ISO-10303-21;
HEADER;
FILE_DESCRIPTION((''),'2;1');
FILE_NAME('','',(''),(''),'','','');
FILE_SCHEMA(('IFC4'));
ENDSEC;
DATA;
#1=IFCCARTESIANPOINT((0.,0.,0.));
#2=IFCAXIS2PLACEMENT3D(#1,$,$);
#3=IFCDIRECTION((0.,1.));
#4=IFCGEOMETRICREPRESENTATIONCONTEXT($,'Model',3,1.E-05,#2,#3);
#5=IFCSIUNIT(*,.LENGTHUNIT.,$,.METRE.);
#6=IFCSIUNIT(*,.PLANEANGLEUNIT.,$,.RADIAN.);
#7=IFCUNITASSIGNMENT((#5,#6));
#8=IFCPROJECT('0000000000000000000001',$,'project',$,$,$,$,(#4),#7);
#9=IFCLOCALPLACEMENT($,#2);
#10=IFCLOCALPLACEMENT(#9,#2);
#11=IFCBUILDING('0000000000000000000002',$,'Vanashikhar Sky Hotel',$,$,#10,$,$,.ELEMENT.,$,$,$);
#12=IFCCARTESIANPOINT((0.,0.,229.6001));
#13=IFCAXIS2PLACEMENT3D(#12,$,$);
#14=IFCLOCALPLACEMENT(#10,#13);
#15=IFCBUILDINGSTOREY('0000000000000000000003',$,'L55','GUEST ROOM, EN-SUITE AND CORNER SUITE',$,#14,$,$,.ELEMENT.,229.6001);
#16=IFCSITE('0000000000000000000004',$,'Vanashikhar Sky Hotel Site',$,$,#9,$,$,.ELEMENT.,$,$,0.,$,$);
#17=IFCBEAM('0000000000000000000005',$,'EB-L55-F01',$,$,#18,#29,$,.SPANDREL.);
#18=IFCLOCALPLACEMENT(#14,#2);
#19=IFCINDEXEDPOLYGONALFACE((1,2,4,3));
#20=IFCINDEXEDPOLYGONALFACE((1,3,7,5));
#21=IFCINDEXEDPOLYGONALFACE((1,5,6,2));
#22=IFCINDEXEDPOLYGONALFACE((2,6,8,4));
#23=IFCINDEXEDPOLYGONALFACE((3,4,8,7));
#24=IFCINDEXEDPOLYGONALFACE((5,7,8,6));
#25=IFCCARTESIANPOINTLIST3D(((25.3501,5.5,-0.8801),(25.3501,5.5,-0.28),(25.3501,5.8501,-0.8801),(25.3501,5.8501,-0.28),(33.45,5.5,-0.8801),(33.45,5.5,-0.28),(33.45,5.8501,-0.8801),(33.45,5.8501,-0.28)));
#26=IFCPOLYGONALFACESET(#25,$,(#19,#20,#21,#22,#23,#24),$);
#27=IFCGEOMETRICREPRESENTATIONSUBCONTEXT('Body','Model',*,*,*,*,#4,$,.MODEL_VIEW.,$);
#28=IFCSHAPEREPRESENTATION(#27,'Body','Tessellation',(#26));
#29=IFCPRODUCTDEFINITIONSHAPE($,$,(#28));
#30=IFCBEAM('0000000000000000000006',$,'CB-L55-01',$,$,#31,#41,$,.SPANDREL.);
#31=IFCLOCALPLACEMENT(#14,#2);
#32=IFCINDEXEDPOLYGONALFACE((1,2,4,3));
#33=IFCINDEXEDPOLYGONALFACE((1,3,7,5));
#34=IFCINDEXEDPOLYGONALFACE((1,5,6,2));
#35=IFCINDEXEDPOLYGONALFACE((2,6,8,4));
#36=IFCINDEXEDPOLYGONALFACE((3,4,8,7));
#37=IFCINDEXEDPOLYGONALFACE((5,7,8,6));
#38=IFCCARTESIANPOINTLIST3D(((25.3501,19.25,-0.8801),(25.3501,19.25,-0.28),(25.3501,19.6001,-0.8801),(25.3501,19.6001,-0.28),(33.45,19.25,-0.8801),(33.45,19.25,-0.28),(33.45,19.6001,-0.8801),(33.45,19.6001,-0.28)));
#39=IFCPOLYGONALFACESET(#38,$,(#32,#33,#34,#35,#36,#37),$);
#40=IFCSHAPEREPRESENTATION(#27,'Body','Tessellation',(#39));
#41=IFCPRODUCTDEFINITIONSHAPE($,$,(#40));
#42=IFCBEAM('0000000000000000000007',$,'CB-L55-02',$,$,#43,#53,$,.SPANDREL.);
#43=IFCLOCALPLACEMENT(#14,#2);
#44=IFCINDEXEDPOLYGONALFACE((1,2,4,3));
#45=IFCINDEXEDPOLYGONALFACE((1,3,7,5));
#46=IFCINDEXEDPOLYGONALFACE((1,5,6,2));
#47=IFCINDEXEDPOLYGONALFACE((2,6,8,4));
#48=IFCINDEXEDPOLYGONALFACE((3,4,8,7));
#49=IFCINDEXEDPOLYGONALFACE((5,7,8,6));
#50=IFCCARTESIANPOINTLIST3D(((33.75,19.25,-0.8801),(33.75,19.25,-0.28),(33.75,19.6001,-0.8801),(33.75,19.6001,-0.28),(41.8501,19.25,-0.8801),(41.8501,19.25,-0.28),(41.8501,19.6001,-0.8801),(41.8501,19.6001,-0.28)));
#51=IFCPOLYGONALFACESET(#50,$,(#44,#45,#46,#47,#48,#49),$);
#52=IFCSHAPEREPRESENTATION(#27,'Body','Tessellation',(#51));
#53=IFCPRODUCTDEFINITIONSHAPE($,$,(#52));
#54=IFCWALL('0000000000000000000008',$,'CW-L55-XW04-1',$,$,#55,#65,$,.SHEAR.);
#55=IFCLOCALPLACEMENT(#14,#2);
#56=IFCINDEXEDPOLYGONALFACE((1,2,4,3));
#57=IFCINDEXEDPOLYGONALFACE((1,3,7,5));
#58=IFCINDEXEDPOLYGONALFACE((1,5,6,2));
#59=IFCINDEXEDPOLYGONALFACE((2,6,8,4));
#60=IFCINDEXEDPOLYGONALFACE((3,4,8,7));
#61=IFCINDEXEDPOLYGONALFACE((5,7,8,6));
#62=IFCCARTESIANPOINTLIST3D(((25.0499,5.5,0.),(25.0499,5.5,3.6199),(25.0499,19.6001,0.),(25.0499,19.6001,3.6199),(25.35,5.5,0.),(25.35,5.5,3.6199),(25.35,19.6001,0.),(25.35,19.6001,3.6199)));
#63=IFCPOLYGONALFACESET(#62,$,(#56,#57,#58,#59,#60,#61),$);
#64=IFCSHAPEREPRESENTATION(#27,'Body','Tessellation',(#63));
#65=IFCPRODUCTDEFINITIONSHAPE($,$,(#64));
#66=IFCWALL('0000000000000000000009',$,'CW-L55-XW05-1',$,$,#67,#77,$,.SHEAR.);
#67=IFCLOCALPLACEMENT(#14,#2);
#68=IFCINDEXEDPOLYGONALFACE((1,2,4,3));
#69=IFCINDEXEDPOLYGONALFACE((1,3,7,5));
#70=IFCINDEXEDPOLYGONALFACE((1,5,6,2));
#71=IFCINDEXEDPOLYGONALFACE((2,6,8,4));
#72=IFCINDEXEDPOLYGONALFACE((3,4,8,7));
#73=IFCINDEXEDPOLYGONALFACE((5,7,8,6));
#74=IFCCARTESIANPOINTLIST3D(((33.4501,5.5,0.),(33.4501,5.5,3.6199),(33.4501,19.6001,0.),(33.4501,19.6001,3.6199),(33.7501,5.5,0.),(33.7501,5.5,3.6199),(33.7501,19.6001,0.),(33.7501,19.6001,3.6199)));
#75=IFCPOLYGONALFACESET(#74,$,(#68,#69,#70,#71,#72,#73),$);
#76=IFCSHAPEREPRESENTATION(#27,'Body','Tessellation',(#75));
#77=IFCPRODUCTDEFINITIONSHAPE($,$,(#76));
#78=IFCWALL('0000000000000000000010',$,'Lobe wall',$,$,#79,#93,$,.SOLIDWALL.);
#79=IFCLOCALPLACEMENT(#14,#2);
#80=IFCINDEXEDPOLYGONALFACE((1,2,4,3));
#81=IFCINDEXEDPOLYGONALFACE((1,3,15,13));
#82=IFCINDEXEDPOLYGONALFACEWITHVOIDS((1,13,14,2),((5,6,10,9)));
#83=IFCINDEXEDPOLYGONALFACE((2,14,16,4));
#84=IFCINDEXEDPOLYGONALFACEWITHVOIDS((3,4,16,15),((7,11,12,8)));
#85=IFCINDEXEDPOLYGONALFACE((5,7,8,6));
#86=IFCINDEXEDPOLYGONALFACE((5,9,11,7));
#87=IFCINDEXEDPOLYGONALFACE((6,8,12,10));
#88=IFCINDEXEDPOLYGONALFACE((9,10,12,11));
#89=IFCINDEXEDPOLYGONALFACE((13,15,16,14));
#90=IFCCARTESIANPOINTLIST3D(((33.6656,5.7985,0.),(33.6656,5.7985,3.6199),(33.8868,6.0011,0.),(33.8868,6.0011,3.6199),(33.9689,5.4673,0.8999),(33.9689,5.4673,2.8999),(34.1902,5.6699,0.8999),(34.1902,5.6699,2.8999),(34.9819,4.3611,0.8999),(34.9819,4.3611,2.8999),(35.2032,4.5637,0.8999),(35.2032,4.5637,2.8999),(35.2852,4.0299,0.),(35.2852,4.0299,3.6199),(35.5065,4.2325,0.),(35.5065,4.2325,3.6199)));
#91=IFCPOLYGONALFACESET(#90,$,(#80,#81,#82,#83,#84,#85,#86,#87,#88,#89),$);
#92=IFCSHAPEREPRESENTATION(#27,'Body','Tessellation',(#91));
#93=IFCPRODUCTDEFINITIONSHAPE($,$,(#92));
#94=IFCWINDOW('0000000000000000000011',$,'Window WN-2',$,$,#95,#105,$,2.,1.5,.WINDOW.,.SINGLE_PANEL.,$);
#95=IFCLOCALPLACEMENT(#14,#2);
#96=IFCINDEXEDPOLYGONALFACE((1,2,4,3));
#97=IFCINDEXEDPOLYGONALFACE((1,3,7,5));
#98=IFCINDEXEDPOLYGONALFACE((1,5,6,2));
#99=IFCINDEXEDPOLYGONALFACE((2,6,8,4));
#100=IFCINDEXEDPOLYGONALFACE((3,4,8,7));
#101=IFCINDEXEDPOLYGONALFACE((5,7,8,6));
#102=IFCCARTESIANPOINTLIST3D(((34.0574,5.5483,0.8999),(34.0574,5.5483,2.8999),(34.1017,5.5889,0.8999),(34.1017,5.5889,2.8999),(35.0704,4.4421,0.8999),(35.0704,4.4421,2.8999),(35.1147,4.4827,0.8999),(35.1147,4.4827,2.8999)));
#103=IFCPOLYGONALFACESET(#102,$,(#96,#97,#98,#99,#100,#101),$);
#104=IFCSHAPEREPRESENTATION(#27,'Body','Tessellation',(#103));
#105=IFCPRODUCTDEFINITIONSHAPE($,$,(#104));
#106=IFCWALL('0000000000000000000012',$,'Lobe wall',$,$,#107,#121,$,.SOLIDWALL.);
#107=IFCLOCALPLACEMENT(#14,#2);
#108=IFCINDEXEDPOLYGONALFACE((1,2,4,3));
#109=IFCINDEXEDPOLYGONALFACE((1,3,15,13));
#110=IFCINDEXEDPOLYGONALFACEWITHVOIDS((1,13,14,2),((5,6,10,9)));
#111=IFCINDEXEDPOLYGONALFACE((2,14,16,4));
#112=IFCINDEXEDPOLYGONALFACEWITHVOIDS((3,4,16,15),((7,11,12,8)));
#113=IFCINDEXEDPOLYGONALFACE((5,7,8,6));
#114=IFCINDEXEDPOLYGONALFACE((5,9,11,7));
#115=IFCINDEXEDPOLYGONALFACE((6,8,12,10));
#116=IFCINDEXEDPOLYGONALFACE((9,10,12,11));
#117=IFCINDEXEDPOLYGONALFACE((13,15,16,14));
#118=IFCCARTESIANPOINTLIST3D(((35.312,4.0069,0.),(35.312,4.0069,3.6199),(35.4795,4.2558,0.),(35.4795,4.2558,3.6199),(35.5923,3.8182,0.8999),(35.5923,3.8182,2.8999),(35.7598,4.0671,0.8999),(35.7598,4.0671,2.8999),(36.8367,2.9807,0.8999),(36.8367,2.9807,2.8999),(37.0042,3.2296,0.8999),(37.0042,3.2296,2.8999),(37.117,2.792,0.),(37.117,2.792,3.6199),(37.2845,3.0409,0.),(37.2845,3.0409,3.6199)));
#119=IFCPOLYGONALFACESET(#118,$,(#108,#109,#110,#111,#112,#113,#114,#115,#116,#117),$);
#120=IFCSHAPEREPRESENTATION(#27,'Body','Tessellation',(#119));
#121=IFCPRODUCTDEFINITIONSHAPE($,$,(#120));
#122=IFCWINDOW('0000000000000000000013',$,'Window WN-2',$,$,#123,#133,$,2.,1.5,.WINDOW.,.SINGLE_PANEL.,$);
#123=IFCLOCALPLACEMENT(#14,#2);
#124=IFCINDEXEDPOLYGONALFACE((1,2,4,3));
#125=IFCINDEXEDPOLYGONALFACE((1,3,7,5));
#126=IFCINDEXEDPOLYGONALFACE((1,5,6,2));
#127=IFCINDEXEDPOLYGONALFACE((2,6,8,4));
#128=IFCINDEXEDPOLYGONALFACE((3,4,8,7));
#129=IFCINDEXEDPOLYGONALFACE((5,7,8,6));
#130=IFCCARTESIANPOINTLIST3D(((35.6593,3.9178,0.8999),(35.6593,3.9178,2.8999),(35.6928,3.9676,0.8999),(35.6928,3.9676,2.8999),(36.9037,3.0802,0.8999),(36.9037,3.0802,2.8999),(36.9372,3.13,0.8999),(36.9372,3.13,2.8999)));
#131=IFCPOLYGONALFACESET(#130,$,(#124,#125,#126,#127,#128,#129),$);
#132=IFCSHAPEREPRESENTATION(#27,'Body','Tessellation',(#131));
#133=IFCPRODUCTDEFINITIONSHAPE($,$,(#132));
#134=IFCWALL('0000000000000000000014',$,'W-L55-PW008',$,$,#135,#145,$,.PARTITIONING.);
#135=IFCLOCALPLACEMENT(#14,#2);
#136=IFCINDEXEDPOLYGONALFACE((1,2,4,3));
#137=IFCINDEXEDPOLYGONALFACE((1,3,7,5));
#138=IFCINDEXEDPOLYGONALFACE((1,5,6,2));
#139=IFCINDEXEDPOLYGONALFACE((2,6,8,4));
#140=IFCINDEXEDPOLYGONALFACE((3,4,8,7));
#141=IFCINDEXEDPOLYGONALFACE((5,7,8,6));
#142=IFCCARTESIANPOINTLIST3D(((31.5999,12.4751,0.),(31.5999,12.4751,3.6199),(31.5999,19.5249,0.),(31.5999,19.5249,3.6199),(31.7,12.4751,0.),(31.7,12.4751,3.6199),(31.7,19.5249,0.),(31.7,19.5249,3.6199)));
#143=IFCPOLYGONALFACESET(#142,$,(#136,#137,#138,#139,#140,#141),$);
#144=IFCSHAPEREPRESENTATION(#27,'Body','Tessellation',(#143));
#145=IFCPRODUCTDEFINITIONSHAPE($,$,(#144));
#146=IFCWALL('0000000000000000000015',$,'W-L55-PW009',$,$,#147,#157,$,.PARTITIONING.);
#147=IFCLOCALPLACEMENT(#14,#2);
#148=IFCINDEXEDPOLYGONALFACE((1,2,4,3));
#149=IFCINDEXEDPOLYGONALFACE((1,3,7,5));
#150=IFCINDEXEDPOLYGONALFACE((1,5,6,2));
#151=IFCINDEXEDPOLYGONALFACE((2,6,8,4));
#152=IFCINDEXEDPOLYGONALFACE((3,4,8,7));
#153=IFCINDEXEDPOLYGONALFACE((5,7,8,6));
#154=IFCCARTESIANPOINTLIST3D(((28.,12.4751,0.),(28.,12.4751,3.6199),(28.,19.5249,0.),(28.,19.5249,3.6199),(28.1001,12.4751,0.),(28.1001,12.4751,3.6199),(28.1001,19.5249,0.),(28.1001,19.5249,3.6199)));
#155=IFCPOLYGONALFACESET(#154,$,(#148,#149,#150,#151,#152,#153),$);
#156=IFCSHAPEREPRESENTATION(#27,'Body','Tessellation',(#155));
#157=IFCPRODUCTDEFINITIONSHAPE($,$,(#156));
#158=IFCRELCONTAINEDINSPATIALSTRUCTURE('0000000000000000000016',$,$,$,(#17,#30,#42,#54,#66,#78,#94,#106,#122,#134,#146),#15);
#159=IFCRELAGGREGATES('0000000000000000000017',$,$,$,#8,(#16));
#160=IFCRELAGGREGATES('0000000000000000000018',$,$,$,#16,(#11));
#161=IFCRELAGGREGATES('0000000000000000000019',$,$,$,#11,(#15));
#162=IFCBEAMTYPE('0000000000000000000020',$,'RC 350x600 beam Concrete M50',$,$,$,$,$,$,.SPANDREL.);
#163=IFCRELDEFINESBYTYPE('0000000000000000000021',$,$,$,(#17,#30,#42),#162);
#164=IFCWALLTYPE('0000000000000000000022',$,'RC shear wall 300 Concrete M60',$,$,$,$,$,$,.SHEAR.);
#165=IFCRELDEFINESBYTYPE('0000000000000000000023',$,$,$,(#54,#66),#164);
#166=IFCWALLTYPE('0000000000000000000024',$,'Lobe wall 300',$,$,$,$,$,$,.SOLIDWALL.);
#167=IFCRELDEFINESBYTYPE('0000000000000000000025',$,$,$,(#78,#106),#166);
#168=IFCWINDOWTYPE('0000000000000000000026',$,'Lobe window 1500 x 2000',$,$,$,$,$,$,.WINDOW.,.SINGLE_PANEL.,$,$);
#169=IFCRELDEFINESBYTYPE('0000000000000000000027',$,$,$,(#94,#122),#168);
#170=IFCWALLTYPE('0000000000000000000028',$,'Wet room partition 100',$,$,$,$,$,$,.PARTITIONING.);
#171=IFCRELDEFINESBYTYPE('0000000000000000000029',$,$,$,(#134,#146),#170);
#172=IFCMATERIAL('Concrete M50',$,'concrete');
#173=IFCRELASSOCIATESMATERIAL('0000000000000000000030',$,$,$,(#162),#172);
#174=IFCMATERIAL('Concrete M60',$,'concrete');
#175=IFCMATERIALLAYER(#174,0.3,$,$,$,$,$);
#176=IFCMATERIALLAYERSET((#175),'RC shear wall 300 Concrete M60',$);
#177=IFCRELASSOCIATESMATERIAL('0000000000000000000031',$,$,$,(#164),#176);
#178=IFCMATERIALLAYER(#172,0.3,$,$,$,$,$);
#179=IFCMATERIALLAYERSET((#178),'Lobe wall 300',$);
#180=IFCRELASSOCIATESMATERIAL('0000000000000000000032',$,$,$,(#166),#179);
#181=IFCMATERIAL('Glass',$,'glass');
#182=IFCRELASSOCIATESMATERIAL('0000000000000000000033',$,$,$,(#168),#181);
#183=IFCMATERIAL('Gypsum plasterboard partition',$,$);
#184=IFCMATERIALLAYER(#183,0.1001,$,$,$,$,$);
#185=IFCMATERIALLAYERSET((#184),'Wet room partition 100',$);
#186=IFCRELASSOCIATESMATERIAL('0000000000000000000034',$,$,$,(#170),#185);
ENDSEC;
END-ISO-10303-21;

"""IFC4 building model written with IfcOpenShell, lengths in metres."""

from ifc_helpers import new_model, si_unit, direction, frame, frame_2d, origin, origin_2d, place, context, subcontext, project, spatial, rectangle, extrude, source, transform, mapped, material, layer, layer_set, material_profile, profile_set, type_object, element, fill, save


model = new_model("IFC4")

# Units and contexts
model_context = context("Model", 3, precision=1e-05, world=origin(), true_north=direction((0.0, 1.0)))
body_context = subcontext(model_context, "Body", "Model", "MODEL_VIEW")
ifc_project = project(units=[si_unit("LENGTHUNIT", "METRE"), si_unit("PLANEANGLEUNIT", "RADIAN")], contexts=[model_context])

# Site, building, storey
site_placement = place(None, origin())
site = spatial("IfcSite", under=ifc_project, at=site_placement, Name="Vanashikhar Sky Hotel Site", CompositionType="ELEMENT", RefElevation=0.0)
building_placement = place(site_placement, origin())
building = spatial("IfcBuilding", under=site, at=building_placement, Name="Vanashikhar Sky Hotel", CompositionType="ELEMENT")
storey_placement = place(building_placement, frame((0.0, 0.0, 229.6001)))
storey = spatial("IfcBuildingStorey", under=building, at=storey_placement, Name="L55", Description="GUEST ROOM, EN-SUITE AND CORNER SUITE", CompositionType="ELEMENT", Elevation=229.6001)

# Beams
ifc_material_1 = material(Name="Concrete M50", Category="concrete")
ifc_material_profile_1 = material_profile(ifc_material_1, rectangle(XDim=0.3501, YDim=0.6001, at=origin_2d()))
ifc_profile_set_1 = profile_set([ifc_material_profile_1], Name="RC 350x600 beam Concrete M50")
beam_type = type_object("IfcBeamType", Name="RC 350x600 beam Concrete M50", PredefinedType="SPANDREL", material=ifc_profile_set_1)
shared_shape_1 = source(origin(), body_context, "Body", "SweptSolid", [
    extrude(rectangle(XDim=0.3501, YDim=0.6001, at=origin_2d()), origin(), (0.0, 0.0, 1.0), 8.0999),
])
for number, where, z_axis, x_axis, name in (
    (1, (25.3501, 5.675, -0.5801), (1.0, 0.0, 0.0), (0.0, 1.0, 0.0), "EB-L55-F01"),
    (2, (25.3501, 19.425, -0.5801), (1.0, 0.0, 0.0), (0.0, 1.0, 0.0), "CB-L55-01"),
):
    element("IfcBeam", number, at=place(storey_placement, frame(where, z_axis=z_axis, x_axis=x_axis)), inside=storey, type_object=beam_type, Name=name, PredefinedType="SPANDREL", context=body_context, shape_type="MappedRepresentation", body=[
        mapped(shared_shape_1, transform((0.0, 0.0, 0.0), scale=1.0)),
    ])
shared_shape_2 = source(origin(), body_context, "Body", "SweptSolid", [
    extrude(rectangle(XDim=0.3501, YDim=0.6001, at=origin_2d()), origin(), (0.0, 0.0, 1.0), 8.1001),
])
beam_placement = place(storey_placement, frame((33.75, 19.425, -0.5801), z_axis=(1.0, 0.0, 0.0), x_axis=(0.0, 1.0, 0.0)))
element("IfcBeam", 3, at=beam_placement, inside=storey, type_object=beam_type, Name="CB-L55-02", PredefinedType="SPANDREL", context=body_context, shape_type="MappedRepresentation", body=[
    mapped(shared_shape_2, transform((0.0, 0.0, 0.0), scale=1.0)),
])

# Walls
ifc_material_2 = material(Name="Concrete M60", Category="concrete")
ifc_layer_1 = layer(ifc_material_2, 0.3)
ifc_layer_set_1 = layer_set([ifc_layer_1], Name="RC shear wall 300 Concrete M60")
wall_type_1 = type_object("IfcWallType", Name="RC shear wall 300 Concrete M60", PredefinedType="SHEAR", material=ifc_layer_set_1)
shared_shape_3 = source(origin(), body_context, "Body", "SweptSolid", [
    extrude(rectangle(XDim=14.1001, YDim=0.3, at=frame_2d((7.05, 0.0))), origin(), (0.0, 0.0, 1.0), 3.6199),
])
for number, where, z_axis, x_axis, name in (
    (4, (25.2, 5.5, 0.0), (0.0, 0.0, 1.0), (0.0, 1.0, 0.0), "CW-L55-XW04-1"),
    (5, (33.6001, 5.5, 0.0), (0.0, 0.0, 1.0), (0.0, 1.0, 0.0), "CW-L55-XW05-1"),
):
    element("IfcWall", number, at=place(storey_placement, frame(where, z_axis=z_axis, x_axis=x_axis)), inside=storey, type_object=wall_type_1, Name=name, PredefinedType="SHEAR", context=body_context, shape_type="MappedRepresentation", body=[
        mapped(shared_shape_3, transform((0.0, 0.0, 0.0), scale=1.0)),
    ])

# Shared definitions
ifc_material_3 = material(Name="Glass", Category="glass")

# Walls, openings, windows
ifc_layer_2 = layer(ifc_material_1, 0.3)
ifc_layer_set_2 = layer_set([ifc_layer_2], Name="Lobe wall 300")
wall_type_2 = type_object("IfcWallType", Name="Lobe wall 300", PredefinedType="SOLIDWALL", material=ifc_layer_set_2)
shared_shape_4 = source(origin(), body_context, "Body", "SweptSolid", [
    extrude(rectangle(XDim=2.3982, YDim=0.3, at=frame_2d((1.1992, 0.0))), origin(), (0.0, 0.0, 1.0), 3.6199),
])
wall_1_placement = place(storey_placement, frame((33.7761, 5.8999, 0.0), z_axis=(0.0, 0.0, 1.0), x_axis=(0.675374, -0.737475, 0.0)))
wall_1 = element("IfcWall", 6, at=wall_1_placement, inside=storey, type_object=wall_type_2, Name="Lobe wall", PredefinedType="SOLIDWALL", context=body_context, shape_type="MappedRepresentation", body=[
    mapped(shared_shape_4, transform((0.0, 0.0, 0.0), scale=1.0)),
])
shared_shape_5 = source(origin(), body_context, "Body", "SweptSolid", [
    extrude(rectangle(XDim=1.5, YDim=2.0, at=frame_2d((0.75, 1.0))), frame((0.0, 0.1602, 0.0), z_axis=(0.0, -1.0, 0.0), x_axis=(1.0, 0.0, 0.0)), (0.0, 0.0, 1.0), 0.3201),
])
opening_1_placement = place(wall_1_placement, frame((0.4492, 0.0, 0.8999)))
opening_1 = element("IfcOpeningElement", 7, at=opening_1_placement, cuts=wall_1, PredefinedType="OPENING", context=body_context, shape_type="MappedRepresentation", body=[
    mapped(shared_shape_5, transform((0.0, 0.0, 0.0), scale=1.0)),
])
window_type_1 = type_object("IfcWindowType", Name="Lobe window 1500 x 2000", PartitioningType="SINGLE_PANEL", PredefinedType="WINDOW", material=ifc_material_3)
shared_shape_6 = source(origin(), body_context, "Body", "SweptSolid", [
    extrude(rectangle(XDim=1.5, YDim=2.0, at=frame_2d((0.75, 1.0))), frame((0.0, 0.03, 0.0), z_axis=(0.0, -1.0, 0.0), x_axis=(1.0, 0.0, 0.0)), (0.0, 0.0, 1.0), 0.0601),
])
window_1_placement = place(opening_1_placement, origin())
window_1 = element("IfcWindow", 8, at=window_1_placement, inside=storey, type_object=window_type_1, Name="Window WN-2", OverallHeight=2.0, OverallWidth=1.5, PartitioningType="SINGLE_PANEL", PredefinedType="WINDOW", context=body_context, shape_type="MappedRepresentation", body=[
    mapped(shared_shape_6, transform((0.0, 0.0, 0.0), scale=1.0)),
])
fill(opening_1, window_1)
shared_shape_7 = source(origin(), body_context, "Body", "SweptSolid", [
    extrude(rectangle(XDim=2.1758, YDim=0.3, at=frame_2d((1.0879, 0.0))), origin(), (0.0, 0.0, 1.0), 3.6199),
])
wall_2_placement = place(storey_placement, frame((35.3958, 4.1313, 0.0), z_axis=(0.0, 0.0, 1.0), x_axis=(0.829591, -0.558372, 0.0)))
wall_2 = element("IfcWall", 9, at=wall_2_placement, inside=storey, type_object=wall_type_2, Name="Lobe wall", PredefinedType="SOLIDWALL", context=body_context, shape_type="MappedRepresentation", body=[
    mapped(shared_shape_7, transform((0.0, 0.0, 0.0), scale=1.0)),
])
opening_2_placement = place(wall_2_placement, frame((0.3379, 0.0, 0.8999)))
opening_2 = element("IfcOpeningElement", 10, at=opening_2_placement, cuts=wall_2, PredefinedType="OPENING", context=body_context, shape_type="MappedRepresentation", body=[
    mapped(shared_shape_5, transform((0.0, 0.0, 0.0), scale=1.0)),
])
window_2_placement = place(opening_2_placement, origin())
window_2 = element("IfcWindow", 11, at=window_2_placement, inside=storey, type_object=window_type_1, Name="Window WN-2", OverallHeight=2.0, OverallWidth=1.5, PartitioningType="SINGLE_PANEL", PredefinedType="WINDOW", context=body_context, shape_type="MappedRepresentation", body=[
    mapped(shared_shape_6, transform((0.0, 0.0, 0.0), scale=1.0)),
])
fill(opening_2, window_2)

# Walls
ifc_material_4 = material(Name="Gypsum plasterboard partition")
ifc_layer_3 = layer(ifc_material_4, 0.1001)
ifc_layer_set_3 = layer_set([ifc_layer_3], Name="Wet room partition 100")
wall_type_3 = type_object("IfcWallType", Name="Wet room partition 100", PredefinedType="PARTITIONING", material=ifc_layer_set_3)
shared_shape_8 = source(origin(), body_context, "Body", "SweptSolid", [
    extrude(rectangle(XDim=7.0498, YDim=0.1001, at=frame_2d((3.5249, 0.0))), origin(), (0.0, 0.0, 1.0), 3.6199),
])
for number, where, z_axis, x_axis, name in (
    (12, (31.6499, 12.4751, 0.0), (0.0, 0.0, 1.0), (0.0, 1.0, 0.0), "W-L55-PW008"),
    (13, (28.05, 12.4751, 0.0), (0.0, 0.0, 1.0), (0.0, 1.0, 0.0), "W-L55-PW009"),
):
    element("IfcWall", number, at=place(storey_placement, frame(where, z_axis=z_axis, x_axis=x_axis)), inside=storey, type_object=wall_type_3, Name=name, PredefinedType="PARTITIONING", context=body_context, shape_type="MappedRepresentation", body=[
        mapped(shared_shape_8, transform((0.0, 0.0, 0.0), scale=1.0)),
    ])

save(model, "model.ifc")
